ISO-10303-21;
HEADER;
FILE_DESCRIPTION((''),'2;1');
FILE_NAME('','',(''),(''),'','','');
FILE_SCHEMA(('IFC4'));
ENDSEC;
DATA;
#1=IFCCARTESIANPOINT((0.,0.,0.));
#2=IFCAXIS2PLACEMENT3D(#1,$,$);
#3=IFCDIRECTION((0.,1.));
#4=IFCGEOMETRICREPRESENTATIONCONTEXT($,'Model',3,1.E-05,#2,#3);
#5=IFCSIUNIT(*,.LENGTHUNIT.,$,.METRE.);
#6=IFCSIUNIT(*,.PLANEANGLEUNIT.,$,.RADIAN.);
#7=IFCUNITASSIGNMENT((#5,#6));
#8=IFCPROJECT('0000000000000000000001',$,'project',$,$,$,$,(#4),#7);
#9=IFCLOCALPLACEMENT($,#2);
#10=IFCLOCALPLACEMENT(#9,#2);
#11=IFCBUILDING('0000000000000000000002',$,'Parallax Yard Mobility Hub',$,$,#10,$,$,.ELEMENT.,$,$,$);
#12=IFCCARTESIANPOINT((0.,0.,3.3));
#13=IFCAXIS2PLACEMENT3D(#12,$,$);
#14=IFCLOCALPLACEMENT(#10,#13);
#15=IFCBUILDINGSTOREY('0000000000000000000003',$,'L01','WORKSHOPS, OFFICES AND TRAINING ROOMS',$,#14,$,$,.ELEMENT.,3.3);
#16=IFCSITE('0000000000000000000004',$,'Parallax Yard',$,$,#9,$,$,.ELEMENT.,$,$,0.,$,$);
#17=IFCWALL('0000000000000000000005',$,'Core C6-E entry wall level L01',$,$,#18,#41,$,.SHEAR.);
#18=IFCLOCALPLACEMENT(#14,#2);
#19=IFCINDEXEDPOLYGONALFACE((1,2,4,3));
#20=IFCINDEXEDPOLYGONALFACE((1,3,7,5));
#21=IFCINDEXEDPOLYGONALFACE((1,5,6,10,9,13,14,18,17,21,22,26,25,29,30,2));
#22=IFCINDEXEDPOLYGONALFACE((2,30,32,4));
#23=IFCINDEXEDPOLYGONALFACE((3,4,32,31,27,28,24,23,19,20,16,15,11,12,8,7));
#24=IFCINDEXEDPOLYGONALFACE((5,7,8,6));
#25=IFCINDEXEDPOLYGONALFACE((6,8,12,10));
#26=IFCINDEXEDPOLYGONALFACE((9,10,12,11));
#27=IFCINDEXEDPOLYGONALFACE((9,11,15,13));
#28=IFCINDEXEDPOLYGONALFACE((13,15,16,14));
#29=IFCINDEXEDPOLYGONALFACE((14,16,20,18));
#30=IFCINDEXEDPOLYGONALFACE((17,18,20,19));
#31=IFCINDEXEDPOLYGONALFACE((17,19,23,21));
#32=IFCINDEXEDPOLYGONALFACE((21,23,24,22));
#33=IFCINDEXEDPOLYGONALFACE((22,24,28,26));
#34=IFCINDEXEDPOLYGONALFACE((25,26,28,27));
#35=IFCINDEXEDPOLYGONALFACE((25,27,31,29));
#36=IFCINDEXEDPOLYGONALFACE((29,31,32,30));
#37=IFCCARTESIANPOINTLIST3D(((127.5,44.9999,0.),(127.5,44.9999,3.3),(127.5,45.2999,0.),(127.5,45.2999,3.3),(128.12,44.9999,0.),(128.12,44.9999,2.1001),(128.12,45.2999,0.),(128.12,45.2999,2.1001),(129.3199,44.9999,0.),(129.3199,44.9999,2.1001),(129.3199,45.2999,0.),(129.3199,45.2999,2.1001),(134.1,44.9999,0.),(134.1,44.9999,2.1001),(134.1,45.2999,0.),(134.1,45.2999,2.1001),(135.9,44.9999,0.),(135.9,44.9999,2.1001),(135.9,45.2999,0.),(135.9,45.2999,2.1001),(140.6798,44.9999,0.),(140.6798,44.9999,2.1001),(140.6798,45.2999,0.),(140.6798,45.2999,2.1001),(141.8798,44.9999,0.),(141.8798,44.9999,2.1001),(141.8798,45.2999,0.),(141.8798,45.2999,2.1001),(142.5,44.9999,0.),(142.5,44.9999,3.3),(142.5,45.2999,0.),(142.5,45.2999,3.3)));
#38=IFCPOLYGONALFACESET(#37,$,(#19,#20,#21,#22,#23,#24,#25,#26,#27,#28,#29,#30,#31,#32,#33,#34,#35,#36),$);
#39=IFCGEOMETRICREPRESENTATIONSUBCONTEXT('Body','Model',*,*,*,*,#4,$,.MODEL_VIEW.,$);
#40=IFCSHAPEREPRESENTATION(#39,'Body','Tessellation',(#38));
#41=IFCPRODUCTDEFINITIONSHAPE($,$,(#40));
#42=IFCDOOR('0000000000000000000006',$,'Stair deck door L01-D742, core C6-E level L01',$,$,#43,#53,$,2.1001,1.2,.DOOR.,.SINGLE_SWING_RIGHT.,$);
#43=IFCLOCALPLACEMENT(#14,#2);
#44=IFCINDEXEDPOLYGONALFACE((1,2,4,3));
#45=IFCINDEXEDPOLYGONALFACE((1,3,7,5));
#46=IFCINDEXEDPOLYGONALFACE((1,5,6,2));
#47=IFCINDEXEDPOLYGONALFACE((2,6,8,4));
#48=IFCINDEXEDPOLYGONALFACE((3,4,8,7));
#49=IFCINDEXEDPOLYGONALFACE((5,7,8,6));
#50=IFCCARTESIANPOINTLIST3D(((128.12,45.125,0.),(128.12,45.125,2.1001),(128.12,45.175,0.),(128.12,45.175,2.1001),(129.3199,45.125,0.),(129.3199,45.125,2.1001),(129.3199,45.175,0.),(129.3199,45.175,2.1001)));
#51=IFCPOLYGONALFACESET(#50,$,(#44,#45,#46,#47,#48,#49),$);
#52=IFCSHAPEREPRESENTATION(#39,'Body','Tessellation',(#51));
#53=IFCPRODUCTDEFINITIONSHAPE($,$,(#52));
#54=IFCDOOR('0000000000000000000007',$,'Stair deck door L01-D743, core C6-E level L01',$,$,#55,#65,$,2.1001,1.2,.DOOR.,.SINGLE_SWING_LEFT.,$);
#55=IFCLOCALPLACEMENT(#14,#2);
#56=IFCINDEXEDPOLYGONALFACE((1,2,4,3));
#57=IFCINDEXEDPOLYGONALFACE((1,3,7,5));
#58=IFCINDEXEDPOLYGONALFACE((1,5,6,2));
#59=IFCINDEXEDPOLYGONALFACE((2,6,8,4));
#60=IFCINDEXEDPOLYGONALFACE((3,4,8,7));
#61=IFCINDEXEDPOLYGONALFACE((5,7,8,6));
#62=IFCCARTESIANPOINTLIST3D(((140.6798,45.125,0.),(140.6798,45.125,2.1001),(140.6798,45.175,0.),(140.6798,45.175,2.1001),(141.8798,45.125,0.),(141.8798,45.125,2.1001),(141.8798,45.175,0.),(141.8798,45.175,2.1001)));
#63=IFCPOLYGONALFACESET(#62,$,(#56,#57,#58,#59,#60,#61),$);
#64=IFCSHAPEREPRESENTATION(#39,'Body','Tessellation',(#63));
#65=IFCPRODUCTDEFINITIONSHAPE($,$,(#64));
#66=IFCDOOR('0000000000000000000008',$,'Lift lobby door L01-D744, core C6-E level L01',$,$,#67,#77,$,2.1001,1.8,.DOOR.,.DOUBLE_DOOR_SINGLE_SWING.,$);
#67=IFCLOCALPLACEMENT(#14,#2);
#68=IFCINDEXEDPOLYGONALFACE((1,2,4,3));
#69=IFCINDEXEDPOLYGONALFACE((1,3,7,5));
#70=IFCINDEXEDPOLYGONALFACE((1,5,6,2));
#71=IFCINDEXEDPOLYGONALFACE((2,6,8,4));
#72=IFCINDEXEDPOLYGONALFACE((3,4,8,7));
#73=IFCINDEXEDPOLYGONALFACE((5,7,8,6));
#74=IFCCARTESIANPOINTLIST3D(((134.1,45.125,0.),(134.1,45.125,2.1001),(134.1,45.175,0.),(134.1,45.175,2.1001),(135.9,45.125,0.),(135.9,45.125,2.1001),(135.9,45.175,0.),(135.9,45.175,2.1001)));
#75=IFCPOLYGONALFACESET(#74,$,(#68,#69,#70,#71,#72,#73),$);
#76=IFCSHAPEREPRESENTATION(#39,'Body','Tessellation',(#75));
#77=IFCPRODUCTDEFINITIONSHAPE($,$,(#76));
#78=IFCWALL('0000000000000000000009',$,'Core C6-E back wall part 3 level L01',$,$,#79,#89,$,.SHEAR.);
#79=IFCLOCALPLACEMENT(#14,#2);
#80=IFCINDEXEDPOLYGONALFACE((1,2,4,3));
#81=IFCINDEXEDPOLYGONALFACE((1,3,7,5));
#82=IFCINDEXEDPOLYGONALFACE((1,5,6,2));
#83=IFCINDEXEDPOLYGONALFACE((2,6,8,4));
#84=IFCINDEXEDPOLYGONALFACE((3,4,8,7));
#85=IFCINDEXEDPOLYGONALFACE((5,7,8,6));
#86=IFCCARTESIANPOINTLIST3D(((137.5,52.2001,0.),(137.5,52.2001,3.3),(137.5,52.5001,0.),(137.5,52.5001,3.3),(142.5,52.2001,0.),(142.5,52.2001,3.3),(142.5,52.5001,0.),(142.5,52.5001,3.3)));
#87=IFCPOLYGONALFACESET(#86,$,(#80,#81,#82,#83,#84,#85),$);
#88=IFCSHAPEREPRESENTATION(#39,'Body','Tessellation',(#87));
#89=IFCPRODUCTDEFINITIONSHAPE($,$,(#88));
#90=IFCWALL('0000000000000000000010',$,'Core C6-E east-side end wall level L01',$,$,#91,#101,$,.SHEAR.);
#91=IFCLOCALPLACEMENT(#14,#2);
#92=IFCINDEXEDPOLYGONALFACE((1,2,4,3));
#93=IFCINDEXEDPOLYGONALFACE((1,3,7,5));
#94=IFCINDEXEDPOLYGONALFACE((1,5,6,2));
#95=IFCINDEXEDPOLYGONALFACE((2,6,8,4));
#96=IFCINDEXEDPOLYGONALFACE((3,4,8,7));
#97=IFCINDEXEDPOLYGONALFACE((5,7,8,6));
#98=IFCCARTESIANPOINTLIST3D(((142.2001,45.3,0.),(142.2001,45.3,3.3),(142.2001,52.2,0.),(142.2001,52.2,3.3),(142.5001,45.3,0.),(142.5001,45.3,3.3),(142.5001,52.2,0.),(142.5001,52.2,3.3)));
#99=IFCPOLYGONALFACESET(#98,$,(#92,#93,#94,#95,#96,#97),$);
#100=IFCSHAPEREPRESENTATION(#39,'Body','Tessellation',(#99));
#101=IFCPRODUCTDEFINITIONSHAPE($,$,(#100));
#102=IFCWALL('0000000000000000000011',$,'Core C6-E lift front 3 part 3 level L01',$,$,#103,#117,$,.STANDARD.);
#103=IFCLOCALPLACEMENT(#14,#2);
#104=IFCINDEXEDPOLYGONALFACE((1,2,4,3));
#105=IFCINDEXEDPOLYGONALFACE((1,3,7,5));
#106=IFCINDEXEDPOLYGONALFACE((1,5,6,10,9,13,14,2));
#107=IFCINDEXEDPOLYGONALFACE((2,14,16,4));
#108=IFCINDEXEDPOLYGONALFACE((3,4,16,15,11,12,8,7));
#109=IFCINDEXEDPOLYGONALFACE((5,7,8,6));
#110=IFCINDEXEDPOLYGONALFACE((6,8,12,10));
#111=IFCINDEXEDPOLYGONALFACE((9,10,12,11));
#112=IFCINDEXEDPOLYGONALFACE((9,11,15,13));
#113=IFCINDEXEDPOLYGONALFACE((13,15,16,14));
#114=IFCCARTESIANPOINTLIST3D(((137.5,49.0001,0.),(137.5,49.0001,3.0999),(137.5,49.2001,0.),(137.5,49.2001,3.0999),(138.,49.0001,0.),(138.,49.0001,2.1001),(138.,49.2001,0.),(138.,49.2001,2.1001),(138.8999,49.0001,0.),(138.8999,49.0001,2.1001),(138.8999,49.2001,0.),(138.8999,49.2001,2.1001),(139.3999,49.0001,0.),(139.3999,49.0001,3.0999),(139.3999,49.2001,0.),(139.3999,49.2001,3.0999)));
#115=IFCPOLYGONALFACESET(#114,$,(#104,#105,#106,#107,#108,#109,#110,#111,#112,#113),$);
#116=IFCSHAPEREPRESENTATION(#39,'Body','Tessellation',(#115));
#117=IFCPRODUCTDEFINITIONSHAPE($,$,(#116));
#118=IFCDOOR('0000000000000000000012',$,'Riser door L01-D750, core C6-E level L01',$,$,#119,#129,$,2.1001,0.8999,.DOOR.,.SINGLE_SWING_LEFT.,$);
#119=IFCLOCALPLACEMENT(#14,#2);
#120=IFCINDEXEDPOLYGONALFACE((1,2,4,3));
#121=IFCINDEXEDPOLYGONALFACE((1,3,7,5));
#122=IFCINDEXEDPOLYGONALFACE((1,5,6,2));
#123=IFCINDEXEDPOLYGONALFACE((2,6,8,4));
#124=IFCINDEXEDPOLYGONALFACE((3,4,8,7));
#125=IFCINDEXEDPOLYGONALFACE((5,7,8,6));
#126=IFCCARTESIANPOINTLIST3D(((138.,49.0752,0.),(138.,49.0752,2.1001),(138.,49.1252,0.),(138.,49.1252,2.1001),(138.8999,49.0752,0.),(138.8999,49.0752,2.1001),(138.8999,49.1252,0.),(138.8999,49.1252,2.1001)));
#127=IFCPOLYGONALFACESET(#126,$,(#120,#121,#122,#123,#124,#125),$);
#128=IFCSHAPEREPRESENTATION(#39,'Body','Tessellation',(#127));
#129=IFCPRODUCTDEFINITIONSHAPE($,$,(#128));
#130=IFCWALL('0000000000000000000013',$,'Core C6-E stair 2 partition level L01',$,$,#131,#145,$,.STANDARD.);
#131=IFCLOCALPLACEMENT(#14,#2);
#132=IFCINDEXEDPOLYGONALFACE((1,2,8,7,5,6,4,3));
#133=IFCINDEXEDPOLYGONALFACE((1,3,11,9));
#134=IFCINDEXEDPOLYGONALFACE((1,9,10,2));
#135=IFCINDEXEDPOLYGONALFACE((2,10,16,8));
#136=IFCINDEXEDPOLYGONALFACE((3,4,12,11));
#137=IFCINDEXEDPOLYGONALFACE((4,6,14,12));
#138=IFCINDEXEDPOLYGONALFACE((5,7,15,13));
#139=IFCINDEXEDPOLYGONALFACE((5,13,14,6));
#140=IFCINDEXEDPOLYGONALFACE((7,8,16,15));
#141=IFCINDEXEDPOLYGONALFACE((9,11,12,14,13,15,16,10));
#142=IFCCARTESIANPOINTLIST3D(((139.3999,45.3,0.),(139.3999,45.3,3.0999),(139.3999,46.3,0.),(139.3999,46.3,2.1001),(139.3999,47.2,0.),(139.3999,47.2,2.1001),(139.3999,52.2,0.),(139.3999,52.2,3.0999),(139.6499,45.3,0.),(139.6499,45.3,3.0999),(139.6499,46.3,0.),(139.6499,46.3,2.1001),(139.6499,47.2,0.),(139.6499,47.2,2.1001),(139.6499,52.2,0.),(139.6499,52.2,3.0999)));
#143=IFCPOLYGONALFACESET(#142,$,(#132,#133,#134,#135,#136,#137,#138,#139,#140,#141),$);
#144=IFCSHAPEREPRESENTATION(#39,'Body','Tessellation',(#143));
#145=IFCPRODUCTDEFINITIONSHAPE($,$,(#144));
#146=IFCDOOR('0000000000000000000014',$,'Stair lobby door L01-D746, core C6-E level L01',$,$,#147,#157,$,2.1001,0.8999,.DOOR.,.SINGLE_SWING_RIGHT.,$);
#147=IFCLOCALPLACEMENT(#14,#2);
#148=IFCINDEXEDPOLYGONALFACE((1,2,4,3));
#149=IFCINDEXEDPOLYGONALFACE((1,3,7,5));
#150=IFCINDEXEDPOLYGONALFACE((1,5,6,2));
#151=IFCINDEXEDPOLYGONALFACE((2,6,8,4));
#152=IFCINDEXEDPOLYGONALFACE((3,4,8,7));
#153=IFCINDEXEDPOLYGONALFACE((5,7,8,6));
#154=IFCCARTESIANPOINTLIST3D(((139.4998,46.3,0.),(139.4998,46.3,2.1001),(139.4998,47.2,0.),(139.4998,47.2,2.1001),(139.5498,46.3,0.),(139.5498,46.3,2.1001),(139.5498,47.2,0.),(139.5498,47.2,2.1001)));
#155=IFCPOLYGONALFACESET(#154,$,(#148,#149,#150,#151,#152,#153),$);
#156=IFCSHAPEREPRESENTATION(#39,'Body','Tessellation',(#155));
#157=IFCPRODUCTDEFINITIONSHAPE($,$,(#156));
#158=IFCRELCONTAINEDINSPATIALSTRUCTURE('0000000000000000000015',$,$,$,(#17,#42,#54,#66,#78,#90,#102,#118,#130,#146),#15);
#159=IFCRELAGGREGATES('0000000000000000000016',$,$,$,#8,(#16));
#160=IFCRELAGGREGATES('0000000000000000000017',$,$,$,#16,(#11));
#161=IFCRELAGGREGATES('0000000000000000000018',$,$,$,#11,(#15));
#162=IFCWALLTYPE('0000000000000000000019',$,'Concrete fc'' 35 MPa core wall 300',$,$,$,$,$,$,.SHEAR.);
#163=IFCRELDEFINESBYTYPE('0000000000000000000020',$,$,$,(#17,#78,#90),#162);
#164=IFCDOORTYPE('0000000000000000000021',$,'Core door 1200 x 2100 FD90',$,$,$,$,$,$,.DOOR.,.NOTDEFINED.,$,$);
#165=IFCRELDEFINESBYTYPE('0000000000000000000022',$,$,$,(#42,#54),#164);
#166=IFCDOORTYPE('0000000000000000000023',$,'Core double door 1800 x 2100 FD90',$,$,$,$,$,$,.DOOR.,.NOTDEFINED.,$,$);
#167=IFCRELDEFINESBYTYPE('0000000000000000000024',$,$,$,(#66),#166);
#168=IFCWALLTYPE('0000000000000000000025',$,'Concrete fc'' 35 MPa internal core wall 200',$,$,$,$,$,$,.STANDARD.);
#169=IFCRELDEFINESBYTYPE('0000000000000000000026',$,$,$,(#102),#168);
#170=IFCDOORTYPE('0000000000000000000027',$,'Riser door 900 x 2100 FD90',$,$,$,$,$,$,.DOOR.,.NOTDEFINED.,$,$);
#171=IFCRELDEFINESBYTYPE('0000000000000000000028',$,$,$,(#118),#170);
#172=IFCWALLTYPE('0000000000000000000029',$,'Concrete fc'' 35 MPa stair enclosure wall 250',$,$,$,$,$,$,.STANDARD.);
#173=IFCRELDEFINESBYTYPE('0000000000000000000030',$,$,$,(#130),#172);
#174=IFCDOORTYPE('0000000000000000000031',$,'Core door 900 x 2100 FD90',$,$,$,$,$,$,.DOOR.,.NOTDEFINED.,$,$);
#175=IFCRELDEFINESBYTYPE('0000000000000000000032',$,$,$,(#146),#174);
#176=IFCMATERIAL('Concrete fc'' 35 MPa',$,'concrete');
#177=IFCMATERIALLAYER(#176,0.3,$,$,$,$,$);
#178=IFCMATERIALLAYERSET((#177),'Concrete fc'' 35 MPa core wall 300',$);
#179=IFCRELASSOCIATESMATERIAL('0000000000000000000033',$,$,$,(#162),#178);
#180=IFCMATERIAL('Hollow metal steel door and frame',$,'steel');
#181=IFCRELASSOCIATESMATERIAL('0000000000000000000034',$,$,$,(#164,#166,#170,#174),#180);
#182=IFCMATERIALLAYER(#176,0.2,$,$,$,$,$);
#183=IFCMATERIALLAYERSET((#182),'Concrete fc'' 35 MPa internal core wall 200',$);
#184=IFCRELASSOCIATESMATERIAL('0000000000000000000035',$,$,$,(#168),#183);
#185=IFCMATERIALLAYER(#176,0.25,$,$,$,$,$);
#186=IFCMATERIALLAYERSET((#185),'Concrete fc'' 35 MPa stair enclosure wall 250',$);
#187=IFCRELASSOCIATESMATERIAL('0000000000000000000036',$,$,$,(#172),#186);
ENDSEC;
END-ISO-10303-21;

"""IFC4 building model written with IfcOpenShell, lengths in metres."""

from ifc_helpers import new_model, si_unit, direction, frame, frame_2d, origin, place, context, subcontext, project, spatial, rectangle, extrude, material, layer, layer_set, type_object, element, fill, save


model = new_model("IFC4")

# Units and contexts
model_context = context("Model", 3, precision=1e-05, world=origin(), true_north=direction((0.0, 1.0)))
body_context = subcontext(model_context, "Body", "Model", "MODEL_VIEW")
ifc_project = project(units=[si_unit("LENGTHUNIT", "METRE"), si_unit("PLANEANGLEUNIT", "RADIAN")], contexts=[model_context])

# Site, building, storey
site_placement = place(None, origin())
site = spatial("IfcSite", under=ifc_project, at=site_placement, Name="Parallax Yard", CompositionType="ELEMENT", RefElevation=0.0)
building_placement = place(site_placement, origin())
building = spatial("IfcBuilding", under=site, at=building_placement, Name="Parallax Yard Mobility Hub", CompositionType="ELEMENT")
storey_placement = place(building_placement, frame((0.0, 0.0, 3.3)))
storey = spatial("IfcBuildingStorey", under=building, at=storey_placement, Name="L01", Description="WORKSHOPS, OFFICES AND TRAINING ROOMS", CompositionType="ELEMENT", Elevation=3.3)

# Wall, openings, doors
ifc_material_1 = material(Name="Concrete fc' 35 MPa", Category="concrete")
ifc_layer_1 = layer(ifc_material_1, 0.3)
ifc_layer_set_1 = layer_set([ifc_layer_1], Name="Concrete fc' 35 MPa core wall 300")
wall_type_1 = type_object("IfcWallType", Name="Concrete fc' 35 MPa core wall 300", PredefinedType="SHEAR", material=ifc_layer_set_1)
wall_1_placement = place(storey_placement, frame((142.5, 45.1499, 0.0), z_axis=(0.0, 0.0, 1.0), x_axis=(-1.0, 0.0, 0.0)))
wall_1 = element("IfcWall", 1, at=wall_1_placement, inside=storey, type_object=wall_type_1, Name="Core C6-E entry wall level L01", PredefinedType="SHEAR", context=body_context, shape_type="SweptSolid", body=[
    extrude(rectangle(XDim=15.0, YDim=0.3, at=frame_2d((7.5, 0.0))), origin(), (0.0, 0.0, 1.0), 3.3),
])
opening_1_placement = place(wall_1_placement, frame((13.1799, 0.0, 0.0)))
opening_1 = element("IfcOpeningElement", 2, at=opening_1_placement, cuts=wall_1, PredefinedType="OPENING", context=body_context, shape_type="SweptSolid", body=[
    extrude(rectangle(XDim=1.2, YDim=2.1001, at=frame_2d((0.6001, 1.05))), frame((0.0, 0.1602, 0.0), z_axis=(0.0, -1.0, 0.0), x_axis=(1.0, 0.0, 0.0)), (0.0, 0.0, 1.0), 0.3201),
])
opening_2_placement = place(wall_1_placement, frame((0.6201, 0.0, 0.0)))
opening_2 = element("IfcOpeningElement", 3, at=opening_2_placement, cuts=wall_1, PredefinedType="OPENING", context=body_context, shape_type="SweptSolid", body=[
    extrude(rectangle(XDim=1.2, YDim=2.1001, at=frame_2d((0.6001, 1.05))), frame((0.0, 0.1602, 0.0), z_axis=(0.0, -1.0, 0.0), x_axis=(1.0, 0.0, 0.0)), (0.0, 0.0, 1.0), 0.3201),
])
opening_3_placement = place(wall_1_placement, frame((6.6001, 0.0, 0.0)))
opening_3 = element("IfcOpeningElement", 4, at=opening_3_placement, cuts=wall_1, PredefinedType="OPENING", context=body_context, shape_type="SweptSolid", body=[
    extrude(rectangle(XDim=1.8, YDim=2.1001, at=frame_2d((0.8999, 1.05))), frame((0.0, 0.1602, 0.0), z_axis=(0.0, -1.0, 0.0), x_axis=(1.0, 0.0, 0.0)), (0.0, 0.0, 1.0), 0.3201),
])
ifc_material_2 = material(Name="Hollow metal steel door and frame", Category="steel")
door_type_1 = type_object("IfcDoorType", Name="Core door 1200 x 2100 FD90", OperationType="NOTDEFINED", PredefinedType="DOOR", material=ifc_material_2)
door_1_placement = place(opening_1_placement, origin())
door_1 = element("IfcDoor", 5, at=door_1_placement, inside=storey, type_object=door_type_1, Name="Stair deck door L01-D742, core C6-E level L01", OperationType="SINGLE_SWING_RIGHT", OverallHeight=2.1001, OverallWidth=1.2, PredefinedType="DOOR", context=body_context, shape_type="SweptSolid", body=[
    extrude(rectangle(XDim=1.2, YDim=2.1001, at=frame_2d((0.6001, 1.05))), frame((0.0, 0.0249, 0.0), z_axis=(0.0, -1.0, 0.0), x_axis=(1.0, 0.0, 0.0)), (0.0, 0.0, 1.0), 0.05),
])
fill(opening_1, door_1)
door_2_placement = place(opening_2_placement, origin())
door_2 = element("IfcDoor", 6, at=door_2_placement, inside=storey, type_object=door_type_1, Name="Stair deck door L01-D743, core C6-E level L01", OperationType="SINGLE_SWING_LEFT", OverallHeight=2.1001, OverallWidth=1.2, PredefinedType="DOOR", context=body_context, shape_type="SweptSolid", body=[
    extrude(rectangle(XDim=1.2, YDim=2.1001, at=frame_2d((0.6001, 1.05))), frame((0.0, 0.0249, 0.0), z_axis=(0.0, -1.0, 0.0), x_axis=(1.0, 0.0, 0.0)), (0.0, 0.0, 1.0), 0.05),
])
fill(opening_2, door_2)
door_type_2 = type_object("IfcDoorType", Name="Core double door 1800 x 2100 FD90", OperationType="NOTDEFINED", PredefinedType="DOOR", material=ifc_material_2)
door_3_placement = place(opening_3_placement, origin())
door_3 = element("IfcDoor", 7, at=door_3_placement, inside=storey, type_object=door_type_2, Name="Lift lobby door L01-D744, core C6-E level L01", OperationType="DOUBLE_DOOR_SINGLE_SWING", OverallHeight=2.1001, OverallWidth=1.8, PredefinedType="DOOR", context=body_context, shape_type="SweptSolid", body=[
    extrude(rectangle(XDim=1.8, YDim=2.1001, at=frame_2d((0.8999, 1.05))), frame((0.0, 0.0249, 0.0), z_axis=(0.0, -1.0, 0.0), x_axis=(1.0, 0.0, 0.0)), (0.0, 0.0, 1.0), 0.05),
])
fill(opening_3, door_3)

# Walls
wall_2_placement = place(storey_placement, frame((137.5, 52.3501, 0.0), z_axis=(0.0, 0.0, 1.0), x_axis=(1.0, 0.0, 0.0)))
element("IfcWall", 8, at=wall_2_placement, inside=storey, type_object=wall_type_1, Name="Core C6-E back wall part 3 level L01", PredefinedType="SHEAR", context=body_context, shape_type="SweptSolid", body=[
    extrude(rectangle(XDim=5.0, YDim=0.3, at=frame_2d((2.5, 0.0))), origin(), (0.0, 0.0, 1.0), 3.3),
])
wall_3_placement = place(storey_placement, frame((142.3501, 52.2, 0.0), z_axis=(0.0, 0.0, 1.0), x_axis=(0.0, -1.0, 0.0)))
element("IfcWall", 9, at=wall_3_placement, inside=storey, type_object=wall_type_1, Name="Core C6-E east-side end wall level L01", PredefinedType="SHEAR", context=body_context, shape_type="SweptSolid", body=[
    extrude(rectangle(XDim=6.8999, YDim=0.3, at=frame_2d((3.45, 0.0))), origin(), (0.0, 0.0, 1.0), 3.3),
])

# Walls, openings, doors
ifc_layer_2 = layer(ifc_material_1, 0.2)
ifc_layer_set_2 = layer_set([ifc_layer_2], Name="Concrete fc' 35 MPa internal core wall 200")
wall_type_2 = type_object("IfcWallType", Name="Concrete fc' 35 MPa internal core wall 200", PredefinedType="STANDARD", material=ifc_layer_set_2)
wall_4_placement = place(storey_placement, frame((139.3999, 49.1001, 0.0), z_axis=(0.0, 0.0, 1.0), x_axis=(-1.0, 0.0, 0.0)))
wall_4 = element("IfcWall", 10, at=wall_4_placement, inside=storey, type_object=wall_type_2, Name="Core C6-E lift front 3 part 3 level L01", PredefinedType="STANDARD", context=body_context, shape_type="SweptSolid", body=[
    extrude(rectangle(XDim=1.8999, YDim=0.2, at=frame_2d((0.95, 0.0))), origin(), (0.0, 0.0, 1.0), 3.0999),
])
opening_4_placement = place(wall_4_placement, frame((0.5, 0.0, 0.0)))
opening_4 = element("IfcOpeningElement", 11, at=opening_4_placement, cuts=wall_4, PredefinedType="OPENING", context=body_context, shape_type="SweptSolid", body=[
    extrude(rectangle(XDim=0.8999, YDim=2.1001, at=frame_2d((0.45, 1.05))), frame((0.0, 0.1099, 0.0), z_axis=(0.0, -1.0, 0.0), x_axis=(1.0, 0.0, 0.0)), (0.0, 0.0, 1.0), 0.22),
])
door_type_3 = type_object("IfcDoorType", Name="Riser door 900 x 2100 FD90", OperationType="NOTDEFINED", PredefinedType="DOOR", material=ifc_material_2)
door_4_placement = place(opening_4_placement, origin())
door_4 = element("IfcDoor", 12, at=door_4_placement, inside=storey, type_object=door_type_3, Name="Riser door L01-D750, core C6-E level L01", OperationType="SINGLE_SWING_LEFT", OverallHeight=2.1001, OverallWidth=0.8999, PredefinedType="DOOR", context=body_context, shape_type="SweptSolid", body=[
    extrude(rectangle(XDim=0.8999, YDim=2.1001, at=frame_2d((0.45, 1.05))), frame((0.0, 0.0249, 0.0), z_axis=(0.0, -1.0, 0.0), x_axis=(1.0, 0.0, 0.0)), (0.0, 0.0, 1.0), 0.05),
])
fill(opening_4, door_4)
ifc_layer_3 = layer(ifc_material_1, 0.25)
ifc_layer_set_3 = layer_set([ifc_layer_3], Name="Concrete fc' 35 MPa stair enclosure wall 250")
wall_type_3 = type_object("IfcWallType", Name="Concrete fc' 35 MPa stair enclosure wall 250", PredefinedType="STANDARD", material=ifc_layer_set_3)
wall_5_placement = place(storey_placement, frame((139.5249, 52.2, 0.0), z_axis=(0.0, 0.0, 1.0), x_axis=(0.0, -1.0, 0.0)))
wall_5 = element("IfcWall", 13, at=wall_5_placement, inside=storey, type_object=wall_type_3, Name="Core C6-E stair 2 partition level L01", PredefinedType="STANDARD", context=body_context, shape_type="SweptSolid", body=[
    extrude(rectangle(XDim=6.8999, YDim=0.25, at=frame_2d((3.45, 0.0))), origin(), (0.0, 0.0, 1.0), 3.0999),
])
opening_5_placement = place(wall_5_placement, frame((5.0, 0.0, 0.0)))
opening_5 = element("IfcOpeningElement", 14, at=opening_5_placement, cuts=wall_5, PredefinedType="OPENING", context=body_context, shape_type="SweptSolid", body=[
    extrude(rectangle(XDim=0.8999, YDim=2.1001, at=frame_2d((0.45, 1.05))), frame((0.0, 0.135, 0.0), z_axis=(0.0, -1.0, 0.0), x_axis=(1.0, 0.0, 0.0)), (0.0, 0.0, 1.0), 0.27),
])
door_type_4 = type_object("IfcDoorType", Name="Core door 900 x 2100 FD90", OperationType="NOTDEFINED", PredefinedType="DOOR", material=ifc_material_2)
door_5_placement = place(opening_5_placement, origin())
door_5 = element("IfcDoor", 15, at=door_5_placement, inside=storey, type_object=door_type_4, Name="Stair lobby door L01-D746, core C6-E level L01", OperationType="SINGLE_SWING_RIGHT", OverallHeight=2.1001, OverallWidth=0.8999, PredefinedType="DOOR", context=body_context, shape_type="SweptSolid", body=[
    extrude(rectangle(XDim=0.8999, YDim=2.1001, at=frame_2d((0.45, 1.05))), frame((0.0, 0.0249, 0.0), z_axis=(0.0, -1.0, 0.0), x_axis=(1.0, 0.0, 0.0)), (0.0, 0.0, 1.0), 0.05),
])
fill(opening_5, door_5)

save(model, "model.ifc")
